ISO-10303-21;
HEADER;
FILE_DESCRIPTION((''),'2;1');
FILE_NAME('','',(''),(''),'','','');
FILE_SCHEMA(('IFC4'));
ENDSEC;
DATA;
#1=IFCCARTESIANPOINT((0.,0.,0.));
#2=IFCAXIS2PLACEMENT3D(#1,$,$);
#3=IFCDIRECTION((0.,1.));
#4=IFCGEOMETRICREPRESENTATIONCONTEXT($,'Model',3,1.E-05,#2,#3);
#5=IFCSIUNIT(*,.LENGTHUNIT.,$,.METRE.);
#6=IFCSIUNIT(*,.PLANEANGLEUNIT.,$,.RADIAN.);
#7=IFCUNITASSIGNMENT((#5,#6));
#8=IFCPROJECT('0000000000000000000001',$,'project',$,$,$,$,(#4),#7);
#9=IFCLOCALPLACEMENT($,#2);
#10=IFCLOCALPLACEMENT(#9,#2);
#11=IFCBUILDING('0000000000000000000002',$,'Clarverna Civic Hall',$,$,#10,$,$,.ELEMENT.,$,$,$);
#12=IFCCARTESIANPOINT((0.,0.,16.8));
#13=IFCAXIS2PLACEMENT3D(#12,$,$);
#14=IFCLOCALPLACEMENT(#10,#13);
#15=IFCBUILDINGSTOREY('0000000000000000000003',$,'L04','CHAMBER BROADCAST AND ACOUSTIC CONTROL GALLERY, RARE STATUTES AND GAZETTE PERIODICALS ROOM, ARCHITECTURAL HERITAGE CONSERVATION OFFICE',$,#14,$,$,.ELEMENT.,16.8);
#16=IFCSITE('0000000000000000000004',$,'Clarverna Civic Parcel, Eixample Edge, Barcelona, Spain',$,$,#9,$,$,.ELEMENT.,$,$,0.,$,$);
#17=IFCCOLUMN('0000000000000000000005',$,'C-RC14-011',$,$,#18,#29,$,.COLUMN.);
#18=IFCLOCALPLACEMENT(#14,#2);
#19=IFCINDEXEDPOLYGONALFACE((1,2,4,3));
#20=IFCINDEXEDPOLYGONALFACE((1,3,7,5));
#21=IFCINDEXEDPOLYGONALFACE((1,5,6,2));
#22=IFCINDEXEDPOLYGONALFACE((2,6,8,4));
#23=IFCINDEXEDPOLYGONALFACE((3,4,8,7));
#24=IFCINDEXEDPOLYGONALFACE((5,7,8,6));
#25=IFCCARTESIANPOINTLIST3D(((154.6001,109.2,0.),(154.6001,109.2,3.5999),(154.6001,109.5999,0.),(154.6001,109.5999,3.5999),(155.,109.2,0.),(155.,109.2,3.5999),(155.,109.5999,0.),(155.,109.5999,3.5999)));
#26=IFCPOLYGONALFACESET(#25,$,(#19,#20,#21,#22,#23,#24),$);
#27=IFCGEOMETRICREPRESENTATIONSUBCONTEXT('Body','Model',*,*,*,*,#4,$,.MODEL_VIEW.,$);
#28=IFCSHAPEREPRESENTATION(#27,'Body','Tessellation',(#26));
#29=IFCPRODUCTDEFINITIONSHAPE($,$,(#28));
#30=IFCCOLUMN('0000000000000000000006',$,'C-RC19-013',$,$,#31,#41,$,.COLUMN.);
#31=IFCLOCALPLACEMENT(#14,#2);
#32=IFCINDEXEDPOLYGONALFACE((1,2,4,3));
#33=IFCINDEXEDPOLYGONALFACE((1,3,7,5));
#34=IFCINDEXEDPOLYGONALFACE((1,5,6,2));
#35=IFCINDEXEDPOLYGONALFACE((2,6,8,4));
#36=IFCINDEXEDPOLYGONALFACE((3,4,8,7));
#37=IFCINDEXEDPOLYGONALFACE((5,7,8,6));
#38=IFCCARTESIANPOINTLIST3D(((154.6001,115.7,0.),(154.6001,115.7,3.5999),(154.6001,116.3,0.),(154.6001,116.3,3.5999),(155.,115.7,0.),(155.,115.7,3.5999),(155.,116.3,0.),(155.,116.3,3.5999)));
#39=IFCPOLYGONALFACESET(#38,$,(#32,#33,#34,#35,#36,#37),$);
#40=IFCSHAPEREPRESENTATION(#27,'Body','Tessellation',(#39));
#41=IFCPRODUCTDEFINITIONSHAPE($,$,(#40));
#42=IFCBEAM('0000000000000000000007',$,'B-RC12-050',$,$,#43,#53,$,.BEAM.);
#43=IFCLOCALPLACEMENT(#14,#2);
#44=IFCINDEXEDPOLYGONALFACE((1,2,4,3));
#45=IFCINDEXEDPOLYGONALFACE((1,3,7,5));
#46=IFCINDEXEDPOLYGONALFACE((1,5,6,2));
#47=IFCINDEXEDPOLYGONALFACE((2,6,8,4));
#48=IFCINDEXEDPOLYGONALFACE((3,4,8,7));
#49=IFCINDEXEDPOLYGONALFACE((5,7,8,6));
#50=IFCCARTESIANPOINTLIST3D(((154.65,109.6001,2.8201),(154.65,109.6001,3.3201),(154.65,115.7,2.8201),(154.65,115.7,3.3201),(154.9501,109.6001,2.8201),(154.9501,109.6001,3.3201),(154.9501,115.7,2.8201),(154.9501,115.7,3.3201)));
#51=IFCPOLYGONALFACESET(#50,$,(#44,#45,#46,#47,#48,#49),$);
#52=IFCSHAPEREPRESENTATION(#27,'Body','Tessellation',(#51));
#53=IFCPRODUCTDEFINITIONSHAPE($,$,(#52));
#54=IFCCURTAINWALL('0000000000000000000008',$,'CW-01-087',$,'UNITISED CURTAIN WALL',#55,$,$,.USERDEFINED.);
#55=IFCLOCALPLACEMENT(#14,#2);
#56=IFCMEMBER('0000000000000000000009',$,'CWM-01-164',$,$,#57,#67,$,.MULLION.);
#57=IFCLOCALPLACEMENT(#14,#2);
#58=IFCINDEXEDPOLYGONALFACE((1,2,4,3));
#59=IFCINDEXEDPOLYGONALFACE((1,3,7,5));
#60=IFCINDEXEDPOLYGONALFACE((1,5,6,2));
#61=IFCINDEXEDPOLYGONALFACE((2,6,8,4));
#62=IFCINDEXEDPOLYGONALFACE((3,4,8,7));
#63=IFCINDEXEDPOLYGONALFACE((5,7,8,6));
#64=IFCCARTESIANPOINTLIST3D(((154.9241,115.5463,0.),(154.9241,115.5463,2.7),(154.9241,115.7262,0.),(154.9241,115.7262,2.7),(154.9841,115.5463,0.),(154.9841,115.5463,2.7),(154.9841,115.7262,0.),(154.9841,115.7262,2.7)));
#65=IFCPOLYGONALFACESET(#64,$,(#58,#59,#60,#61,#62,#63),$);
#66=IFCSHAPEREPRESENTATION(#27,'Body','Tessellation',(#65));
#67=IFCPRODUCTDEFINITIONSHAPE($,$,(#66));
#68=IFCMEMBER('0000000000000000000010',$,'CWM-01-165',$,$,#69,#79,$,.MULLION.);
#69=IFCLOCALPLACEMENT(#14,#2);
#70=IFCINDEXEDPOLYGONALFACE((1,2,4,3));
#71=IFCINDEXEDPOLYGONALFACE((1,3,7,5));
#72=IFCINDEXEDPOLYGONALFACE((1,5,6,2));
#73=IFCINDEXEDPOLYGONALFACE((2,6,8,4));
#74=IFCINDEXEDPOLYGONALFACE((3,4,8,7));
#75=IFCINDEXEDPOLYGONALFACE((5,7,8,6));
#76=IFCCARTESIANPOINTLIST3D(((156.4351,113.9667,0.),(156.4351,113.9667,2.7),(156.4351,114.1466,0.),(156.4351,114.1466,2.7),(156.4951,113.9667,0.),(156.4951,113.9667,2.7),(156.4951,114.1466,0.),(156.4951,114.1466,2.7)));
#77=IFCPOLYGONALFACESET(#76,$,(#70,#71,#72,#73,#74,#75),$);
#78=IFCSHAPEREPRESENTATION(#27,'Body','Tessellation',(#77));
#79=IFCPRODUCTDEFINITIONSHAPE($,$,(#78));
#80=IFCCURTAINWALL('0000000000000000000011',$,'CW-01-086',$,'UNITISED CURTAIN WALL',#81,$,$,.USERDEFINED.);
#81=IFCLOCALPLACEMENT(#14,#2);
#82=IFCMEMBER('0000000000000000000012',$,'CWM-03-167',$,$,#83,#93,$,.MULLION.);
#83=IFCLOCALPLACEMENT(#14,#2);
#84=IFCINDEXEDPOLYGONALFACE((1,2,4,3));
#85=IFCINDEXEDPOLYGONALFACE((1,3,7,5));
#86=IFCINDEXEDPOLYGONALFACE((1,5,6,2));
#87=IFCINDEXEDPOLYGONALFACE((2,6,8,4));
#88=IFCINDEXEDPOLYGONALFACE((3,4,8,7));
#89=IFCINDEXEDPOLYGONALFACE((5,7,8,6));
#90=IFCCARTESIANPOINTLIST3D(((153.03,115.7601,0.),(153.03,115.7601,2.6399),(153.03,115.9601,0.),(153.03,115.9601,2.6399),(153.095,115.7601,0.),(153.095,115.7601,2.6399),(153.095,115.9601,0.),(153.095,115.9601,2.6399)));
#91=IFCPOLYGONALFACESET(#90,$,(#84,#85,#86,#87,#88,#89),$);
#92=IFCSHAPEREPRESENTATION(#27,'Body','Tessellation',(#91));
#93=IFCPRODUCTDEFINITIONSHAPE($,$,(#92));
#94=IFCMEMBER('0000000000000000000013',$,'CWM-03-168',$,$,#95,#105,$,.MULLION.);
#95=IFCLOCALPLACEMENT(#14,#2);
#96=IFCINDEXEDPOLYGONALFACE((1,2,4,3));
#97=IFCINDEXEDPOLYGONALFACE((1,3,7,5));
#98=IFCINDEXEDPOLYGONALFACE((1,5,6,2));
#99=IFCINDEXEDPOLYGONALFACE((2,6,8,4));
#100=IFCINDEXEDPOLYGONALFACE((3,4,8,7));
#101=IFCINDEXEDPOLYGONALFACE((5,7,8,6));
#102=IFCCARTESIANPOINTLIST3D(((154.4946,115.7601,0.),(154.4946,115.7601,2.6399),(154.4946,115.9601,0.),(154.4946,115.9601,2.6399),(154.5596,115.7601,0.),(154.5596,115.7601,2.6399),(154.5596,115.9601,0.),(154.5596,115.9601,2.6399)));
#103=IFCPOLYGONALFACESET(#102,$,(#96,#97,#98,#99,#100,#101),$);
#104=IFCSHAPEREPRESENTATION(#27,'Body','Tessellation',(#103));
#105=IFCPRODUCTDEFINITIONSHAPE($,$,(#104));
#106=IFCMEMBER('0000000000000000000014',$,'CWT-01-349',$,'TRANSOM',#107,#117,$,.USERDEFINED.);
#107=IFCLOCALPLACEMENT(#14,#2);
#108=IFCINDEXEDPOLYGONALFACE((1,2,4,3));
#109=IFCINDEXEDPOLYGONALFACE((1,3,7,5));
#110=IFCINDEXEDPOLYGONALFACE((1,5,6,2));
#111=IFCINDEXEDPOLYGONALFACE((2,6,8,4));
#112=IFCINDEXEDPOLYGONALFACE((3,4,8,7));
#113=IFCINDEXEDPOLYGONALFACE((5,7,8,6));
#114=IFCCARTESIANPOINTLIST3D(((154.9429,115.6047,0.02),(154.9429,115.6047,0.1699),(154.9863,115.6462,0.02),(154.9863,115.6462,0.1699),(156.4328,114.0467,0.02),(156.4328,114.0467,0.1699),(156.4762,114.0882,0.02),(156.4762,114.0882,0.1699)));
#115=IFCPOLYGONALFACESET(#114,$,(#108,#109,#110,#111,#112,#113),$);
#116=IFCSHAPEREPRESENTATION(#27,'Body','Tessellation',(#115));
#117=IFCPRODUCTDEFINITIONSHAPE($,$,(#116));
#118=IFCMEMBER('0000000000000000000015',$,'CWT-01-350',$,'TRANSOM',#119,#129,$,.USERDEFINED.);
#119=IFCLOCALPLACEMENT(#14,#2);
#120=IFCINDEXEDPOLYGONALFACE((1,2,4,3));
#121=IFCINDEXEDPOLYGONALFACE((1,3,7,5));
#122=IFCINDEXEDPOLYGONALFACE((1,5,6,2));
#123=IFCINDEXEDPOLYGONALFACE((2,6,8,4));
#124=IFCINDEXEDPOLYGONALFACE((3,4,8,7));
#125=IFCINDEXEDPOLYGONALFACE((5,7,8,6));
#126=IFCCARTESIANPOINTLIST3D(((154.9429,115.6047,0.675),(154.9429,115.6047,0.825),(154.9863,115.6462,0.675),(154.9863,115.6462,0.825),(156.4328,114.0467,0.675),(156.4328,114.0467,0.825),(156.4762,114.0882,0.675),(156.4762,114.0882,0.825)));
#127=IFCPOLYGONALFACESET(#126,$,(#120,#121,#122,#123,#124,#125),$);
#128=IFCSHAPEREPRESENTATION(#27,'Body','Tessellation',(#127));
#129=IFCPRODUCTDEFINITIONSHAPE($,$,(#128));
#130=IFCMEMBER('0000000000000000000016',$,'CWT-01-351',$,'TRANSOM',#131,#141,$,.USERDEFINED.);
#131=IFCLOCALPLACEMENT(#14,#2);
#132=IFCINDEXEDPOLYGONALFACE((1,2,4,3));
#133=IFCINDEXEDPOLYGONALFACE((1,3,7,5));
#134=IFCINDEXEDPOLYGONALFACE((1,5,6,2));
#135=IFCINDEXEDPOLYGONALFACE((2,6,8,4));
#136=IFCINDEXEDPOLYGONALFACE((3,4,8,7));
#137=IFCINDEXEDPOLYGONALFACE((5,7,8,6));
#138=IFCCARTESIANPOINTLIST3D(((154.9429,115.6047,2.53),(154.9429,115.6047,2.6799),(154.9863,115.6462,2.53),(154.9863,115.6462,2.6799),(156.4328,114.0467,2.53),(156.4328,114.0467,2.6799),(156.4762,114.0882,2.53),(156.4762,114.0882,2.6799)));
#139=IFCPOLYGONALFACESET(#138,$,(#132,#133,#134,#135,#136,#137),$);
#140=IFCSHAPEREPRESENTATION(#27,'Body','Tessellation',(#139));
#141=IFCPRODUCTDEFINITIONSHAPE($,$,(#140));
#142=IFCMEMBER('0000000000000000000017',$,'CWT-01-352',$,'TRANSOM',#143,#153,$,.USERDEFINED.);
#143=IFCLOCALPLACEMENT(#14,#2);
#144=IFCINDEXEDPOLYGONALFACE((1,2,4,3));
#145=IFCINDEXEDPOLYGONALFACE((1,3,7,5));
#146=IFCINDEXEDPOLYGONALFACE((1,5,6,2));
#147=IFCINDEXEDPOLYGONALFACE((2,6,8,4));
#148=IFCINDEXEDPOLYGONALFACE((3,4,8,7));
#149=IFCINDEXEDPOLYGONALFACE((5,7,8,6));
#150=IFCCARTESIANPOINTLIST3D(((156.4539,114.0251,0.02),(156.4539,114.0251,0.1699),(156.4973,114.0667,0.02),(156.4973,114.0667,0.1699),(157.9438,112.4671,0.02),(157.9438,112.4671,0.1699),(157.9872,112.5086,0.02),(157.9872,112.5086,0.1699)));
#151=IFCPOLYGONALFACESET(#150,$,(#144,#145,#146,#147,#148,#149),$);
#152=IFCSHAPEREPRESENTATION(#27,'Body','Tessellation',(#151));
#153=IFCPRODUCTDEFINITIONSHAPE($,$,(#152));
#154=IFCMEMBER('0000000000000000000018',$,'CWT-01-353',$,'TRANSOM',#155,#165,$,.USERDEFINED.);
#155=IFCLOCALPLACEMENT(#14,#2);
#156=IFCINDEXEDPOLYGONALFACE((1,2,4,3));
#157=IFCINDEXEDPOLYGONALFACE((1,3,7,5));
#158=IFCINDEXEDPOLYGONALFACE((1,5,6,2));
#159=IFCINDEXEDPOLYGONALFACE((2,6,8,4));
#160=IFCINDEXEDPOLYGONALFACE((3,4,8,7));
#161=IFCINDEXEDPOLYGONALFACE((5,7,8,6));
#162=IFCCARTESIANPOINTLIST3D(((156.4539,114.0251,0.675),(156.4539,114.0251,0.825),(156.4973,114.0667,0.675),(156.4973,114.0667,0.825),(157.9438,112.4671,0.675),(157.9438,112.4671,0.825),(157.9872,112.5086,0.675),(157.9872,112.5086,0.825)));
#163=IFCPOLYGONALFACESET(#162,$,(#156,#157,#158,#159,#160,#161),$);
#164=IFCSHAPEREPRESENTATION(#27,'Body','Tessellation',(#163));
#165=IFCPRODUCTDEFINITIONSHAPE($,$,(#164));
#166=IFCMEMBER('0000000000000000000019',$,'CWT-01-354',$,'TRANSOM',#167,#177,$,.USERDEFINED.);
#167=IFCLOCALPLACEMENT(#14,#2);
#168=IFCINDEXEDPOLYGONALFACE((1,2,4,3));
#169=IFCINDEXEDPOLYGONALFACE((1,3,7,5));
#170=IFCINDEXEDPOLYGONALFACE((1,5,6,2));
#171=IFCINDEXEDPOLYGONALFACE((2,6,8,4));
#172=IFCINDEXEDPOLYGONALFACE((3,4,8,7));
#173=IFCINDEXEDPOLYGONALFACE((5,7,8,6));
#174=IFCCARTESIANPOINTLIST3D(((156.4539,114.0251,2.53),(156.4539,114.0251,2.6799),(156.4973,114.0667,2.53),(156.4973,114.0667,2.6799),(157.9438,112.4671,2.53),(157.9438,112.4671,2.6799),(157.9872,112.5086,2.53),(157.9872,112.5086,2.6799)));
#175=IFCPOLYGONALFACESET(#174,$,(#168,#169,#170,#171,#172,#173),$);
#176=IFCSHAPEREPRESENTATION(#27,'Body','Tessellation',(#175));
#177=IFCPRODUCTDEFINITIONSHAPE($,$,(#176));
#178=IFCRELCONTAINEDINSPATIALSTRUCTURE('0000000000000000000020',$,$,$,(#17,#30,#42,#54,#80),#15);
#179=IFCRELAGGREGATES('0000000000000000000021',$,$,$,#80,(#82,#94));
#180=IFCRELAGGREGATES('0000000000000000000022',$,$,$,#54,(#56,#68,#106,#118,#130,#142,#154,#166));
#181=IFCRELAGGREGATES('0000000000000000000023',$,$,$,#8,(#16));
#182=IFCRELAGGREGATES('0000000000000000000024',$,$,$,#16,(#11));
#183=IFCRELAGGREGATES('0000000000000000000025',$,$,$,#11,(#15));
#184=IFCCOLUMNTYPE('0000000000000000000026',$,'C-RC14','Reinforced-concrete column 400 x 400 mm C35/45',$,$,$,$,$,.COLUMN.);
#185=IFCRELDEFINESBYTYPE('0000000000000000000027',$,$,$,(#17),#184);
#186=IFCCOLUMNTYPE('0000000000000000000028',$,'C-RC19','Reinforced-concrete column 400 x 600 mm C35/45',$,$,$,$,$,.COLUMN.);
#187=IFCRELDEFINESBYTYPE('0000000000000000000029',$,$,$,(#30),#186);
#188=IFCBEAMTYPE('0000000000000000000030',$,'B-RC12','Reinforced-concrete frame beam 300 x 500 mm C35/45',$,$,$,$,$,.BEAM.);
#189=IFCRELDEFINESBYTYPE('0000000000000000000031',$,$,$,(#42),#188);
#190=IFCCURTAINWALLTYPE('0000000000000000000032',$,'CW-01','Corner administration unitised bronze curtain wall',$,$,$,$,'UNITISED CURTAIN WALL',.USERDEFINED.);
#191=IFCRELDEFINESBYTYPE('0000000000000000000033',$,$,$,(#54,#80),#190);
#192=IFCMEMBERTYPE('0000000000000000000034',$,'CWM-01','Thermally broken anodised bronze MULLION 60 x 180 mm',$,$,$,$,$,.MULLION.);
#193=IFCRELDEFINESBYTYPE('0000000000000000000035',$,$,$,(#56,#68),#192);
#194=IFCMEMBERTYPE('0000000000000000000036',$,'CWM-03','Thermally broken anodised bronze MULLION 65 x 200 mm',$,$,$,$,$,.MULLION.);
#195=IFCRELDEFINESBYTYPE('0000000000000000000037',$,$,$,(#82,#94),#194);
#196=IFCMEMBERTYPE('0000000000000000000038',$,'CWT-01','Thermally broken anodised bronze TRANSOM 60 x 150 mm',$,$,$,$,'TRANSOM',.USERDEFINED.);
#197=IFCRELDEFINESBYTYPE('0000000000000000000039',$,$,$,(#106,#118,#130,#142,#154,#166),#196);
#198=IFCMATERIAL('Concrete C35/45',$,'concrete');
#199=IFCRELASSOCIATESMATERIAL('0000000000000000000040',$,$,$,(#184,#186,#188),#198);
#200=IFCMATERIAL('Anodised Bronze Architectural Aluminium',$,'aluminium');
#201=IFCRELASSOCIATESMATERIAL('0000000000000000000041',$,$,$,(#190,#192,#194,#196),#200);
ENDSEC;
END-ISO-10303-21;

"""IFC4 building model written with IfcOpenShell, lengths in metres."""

from ifc_helpers import new_model, si_unit, direction, frame, origin, origin_2d, place, context, subcontext, project, spatial, rectangle, extrude, material, material_profile, profile_set, type_object, element, aggregate, save


model = new_model("IFC4")

# Units and contexts
model_context = context("Model", 3, precision=1e-05, world=origin(), true_north=direction((0.0, 1.0)))
body_context = subcontext(model_context, "Body", "Model", "MODEL_VIEW")
ifc_project = project(units=[si_unit("LENGTHUNIT", "METRE"), si_unit("PLANEANGLEUNIT", "RADIAN")], contexts=[model_context])

# Site, building, storey
site_placement = place(None, origin())
site = spatial("IfcSite", under=ifc_project, at=site_placement, Name="Clarverna Civic Parcel, Eixample Edge, Barcelona, Spain", CompositionType="ELEMENT", RefElevation=0.0)
building_placement = place(site_placement, origin())
building = spatial("IfcBuilding", under=site, at=building_placement, Name="Clarverna Civic Hall", CompositionType="ELEMENT")
storey_placement = place(building_placement, frame((0.0, 0.0, 16.8)))
storey = spatial("IfcBuildingStorey", under=building, at=storey_placement, Name="L04", Description="CHAMBER BROADCAST AND ACOUSTIC CONTROL GALLERY, RARE STATUTES AND GAZETTE PERIODICALS ROOM, ARCHITECTURAL HERITAGE CONSERVATION OFFICE", CompositionType="ELEMENT", Elevation=16.8)

# Columns
ifc_material_1 = material(Name="Concrete C35/45", Category="concrete")
ifc_material_profile_1 = material_profile(ifc_material_1, rectangle(XDim=0.3999, YDim=0.3999, at=origin_2d()), Name="RC 400x400")
ifc_profile_set_1 = profile_set([ifc_material_profile_1], Name="Concrete C35/45")
column_type_1 = type_object("IfcColumnType", Name="C-RC14", Description="Reinforced-concrete column 400 x 400 mm C35/45", PredefinedType="COLUMN", material=ifc_profile_set_1)
column_1_placement = place(storey_placement, frame((154.8, 109.3999, 0.0), z_axis=(0.0, 0.0, 1.0), x_axis=(1.0, 0.0, 0.0)))
element("IfcColumn", 1, at=column_1_placement, inside=storey, type_object=column_type_1, Name="C-RC14-011", PredefinedType="COLUMN", context=body_context, shape_type="SweptSolid", body=[
    extrude(rectangle(XDim=0.3999, YDim=0.3999, at=origin_2d()), origin(), (0.0, 0.0, 1.0), 3.5999),
])
ifc_material_profile_2 = material_profile(ifc_material_1, rectangle(XDim=0.3999, YDim=0.6001, at=origin_2d()), Name="RC 400x600")
ifc_profile_set_2 = profile_set([ifc_material_profile_2], Name="Concrete C35/45")
column_type_2 = type_object("IfcColumnType", Name="C-RC19", Description="Reinforced-concrete column 400 x 600 mm C35/45", PredefinedType="COLUMN", material=ifc_profile_set_2)
column_2_placement = place(storey_placement, frame((154.8, 116.0, 0.0), z_axis=(0.0, 0.0, 1.0), x_axis=(1.0, 0.0, 0.0)))
element("IfcColumn", 2, at=column_2_placement, inside=storey, type_object=column_type_2, Name="C-RC19-013", PredefinedType="COLUMN", context=body_context, shape_type="SweptSolid", body=[
    extrude(rectangle(XDim=0.3999, YDim=0.6001, at=origin_2d()), origin(), (0.0, 0.0, 1.0), 3.5999),
])

# Beam
ifc_material_profile_3 = material_profile(ifc_material_1, rectangle(XDim=0.3, YDim=0.5, at=origin_2d()), Name="RC 300x500")
ifc_profile_set_3 = profile_set([ifc_material_profile_3], Name="Concrete C35/45")
beam_type = type_object("IfcBeamType", Name="B-RC12", Description="Reinforced-concrete frame beam 300 x 500 mm C35/45", PredefinedType="BEAM", material=ifc_profile_set_3)
beam_placement = place(storey_placement, frame((154.8, 109.6001, 3.0701), z_axis=(0.0, 1.0, 0.0), x_axis=(-1.0, 0.0, 0.0)))
element("IfcBeam", 3, at=beam_placement, inside=storey, type_object=beam_type, Name="B-RC12-050", PredefinedType="BEAM", context=body_context, shape_type="SweptSolid", body=[
    extrude(rectangle(XDim=0.3, YDim=0.5, at=origin_2d()), origin(), (0.0, 0.0, 1.0), 6.0999),
])

# Curtain walls, members
ifc_material_2 = material(Name="Anodised Bronze Architectural Aluminium", Category="aluminium")
curtain_wall_type = type_object("IfcCurtainWallType", Name="CW-01", Description="Corner administration unitised bronze curtain wall", ElementType="UNITISED CURTAIN WALL", PredefinedType="USERDEFINED", material=ifc_material_2)
curtain_wall_1_placement = place(storey_placement, origin())
curtain_wall_1 = element("IfcCurtainWall", 4, at=curtain_wall_1_placement, inside=storey, type_object=curtain_wall_type, Name="CW-01-087", ObjectType="UNITISED CURTAIN WALL", PredefinedType="USERDEFINED")
ifc_material_profile_4 = material_profile(ifc_material_2, rectangle(XDim=0.0601, YDim=0.1799, at=origin_2d()), Name="BRONZE 60x180")
ifc_profile_set_4 = profile_set([ifc_material_profile_4], Name="Anodised Bronze Architectural Aluminium")
member_type_1 = type_object("IfcMemberType", Name="CWM-01", Description="Thermally broken anodised bronze MULLION 60 x 180 mm", PredefinedType="MULLION", material=ifc_profile_set_4)
member_1_placement = place(storey_placement, frame((154.9541, 115.6362, 0.0), z_axis=(0.0, 0.0, 1.0), x_axis=(1.0, 0.0, 0.0)))
member_1 = element("IfcMember", 5, at=member_1_placement, type_object=member_type_1, Name="CWM-01-164", PredefinedType="MULLION", context=body_context, shape_type="SweptSolid", body=[
    extrude(rectangle(XDim=0.0601, YDim=0.1799, at=origin_2d()), origin(), (0.0, 0.0, 1.0), 2.7),
])
member_2_placement = place(storey_placement, frame((156.4651, 114.0566, 0.0), z_axis=(0.0, 0.0, 1.0), x_axis=(1.0, 0.0, 0.0)))
member_2 = element("IfcMember", 6, at=member_2_placement, type_object=member_type_1, Name="CWM-01-165", PredefinedType="MULLION", context=body_context, shape_type="SweptSolid", body=[
    extrude(rectangle(XDim=0.0601, YDim=0.1799, at=origin_2d()), origin(), (0.0, 0.0, 1.0), 2.7),
])
curtain_wall_2_placement = place(storey_placement, origin())
curtain_wall_2 = element("IfcCurtainWall", 7, at=curtain_wall_2_placement, inside=storey, type_object=curtain_wall_type, Name="CW-01-086", ObjectType="UNITISED CURTAIN WALL", PredefinedType="USERDEFINED")
ifc_material_profile_5 = material_profile(ifc_material_2, rectangle(XDim=0.0649, YDim=0.2, at=origin_2d()), Name="BRONZE 65x200")
ifc_profile_set_5 = profile_set([ifc_material_profile_5], Name="Anodised Bronze Architectural Aluminium")
member_type_2 = type_object("IfcMemberType", Name="CWM-03", Description="Thermally broken anodised bronze MULLION 65 x 200 mm", PredefinedType="MULLION", material=ifc_profile_set_5)
member_3_placement = place(storey_placement, frame((153.0625, 115.8601, 0.0), z_axis=(0.0, 0.0, 1.0), x_axis=(1.0, 0.0, 0.0)))
member_3 = element("IfcMember", 8, at=member_3_placement, type_object=member_type_2, Name="CWM-03-167", PredefinedType="MULLION", context=body_context, shape_type="SweptSolid", body=[
    extrude(rectangle(XDim=0.0649, YDim=0.2, at=origin_2d()), origin(), (0.0, 0.0, 1.0), 2.6399),
])
member_4_placement = place(storey_placement, frame((154.5271, 115.8601, 0.0), z_axis=(0.0, 0.0, 1.0), x_axis=(1.0, 0.0, 0.0)))
member_4 = element("IfcMember", 9, at=member_4_placement, type_object=member_type_2, Name="CWM-03-168", PredefinedType="MULLION", context=body_context, shape_type="SweptSolid", body=[
    extrude(rectangle(XDim=0.0649, YDim=0.2, at=origin_2d()), origin(), (0.0, 0.0, 1.0), 2.6399),
])

# Members
ifc_material_profile_6 = material_profile(ifc_material_2, rectangle(XDim=0.0601, YDim=0.1499, at=origin_2d()), Name="BRONZE 60x150")
ifc_profile_set_6 = profile_set([ifc_material_profile_6], Name="Anodised Bronze Architectural Aluminium")
member_type_3 = type_object("IfcMemberType", Name="CWT-01", Description="Thermally broken anodised bronze TRANSOM 60 x 150 mm", ElementType="TRANSOM", PredefinedType="USERDEFINED", material=ifc_profile_set_6)
member_5_placement = place(storey_placement, frame((154.9646, 115.6255, 0.095), z_axis=(0.691133, -0.722728, 0.0), x_axis=(0.722728, 0.691133, 0.0)))
member_5 = element("IfcMember", 10, at=member_5_placement, type_object=member_type_3, Name="CWT-01-349", ObjectType="TRANSOM", PredefinedType="USERDEFINED", context=body_context, shape_type="SweptSolid", body=[
    extrude(rectangle(XDim=0.0601, YDim=0.1499, at=origin_2d()), origin(), (0.0, 0.0, 1.0), 2.1558),
])
member_6_placement = place(storey_placement, frame((154.9646, 115.6255, 0.75), z_axis=(0.691133, -0.722728, 0.0), x_axis=(0.722728, 0.691133, 0.0)))
member_6 = element("IfcMember", 11, at=member_6_placement, type_object=member_type_3, Name="CWT-01-350", ObjectType="TRANSOM", PredefinedType="USERDEFINED", context=body_context, shape_type="SweptSolid", body=[
    extrude(rectangle(XDim=0.0601, YDim=0.1499, at=origin_2d()), origin(), (0.0, 0.0, 1.0), 2.1558),
])
member_7_placement = place(storey_placement, frame((154.9646, 115.6255, 2.605), z_axis=(0.691133, -0.722728, 0.0), x_axis=(0.722728, 0.691133, 0.0)))
member_7 = element("IfcMember", 12, at=member_7_placement, type_object=member_type_3, Name="CWT-01-351", ObjectType="TRANSOM", PredefinedType="USERDEFINED", context=body_context, shape_type="SweptSolid", body=[
    extrude(rectangle(XDim=0.0601, YDim=0.1499, at=origin_2d()), origin(), (0.0, 0.0, 1.0), 2.1558),
])
member_8_placement = place(storey_placement, frame((156.4756, 114.0459, 0.095), z_axis=(0.691133, -0.722728, 0.0), x_axis=(0.722728, 0.691133, 0.0)))
member_8 = element("IfcMember", 13, at=member_8_placement, type_object=member_type_3, Name="CWT-01-352", ObjectType="TRANSOM", PredefinedType="USERDEFINED", context=body_context, shape_type="SweptSolid", body=[
    extrude(rectangle(XDim=0.0601, YDim=0.1499, at=origin_2d()), origin(), (0.0, 0.0, 1.0), 2.1558),
])
member_9_placement = place(storey_placement, frame((156.4756, 114.0459, 0.75), z_axis=(0.691133, -0.722728, 0.0), x_axis=(0.722728, 0.691133, 0.0)))
member_9 = element("IfcMember", 14, at=member_9_placement, type_object=member_type_3, Name="CWT-01-353", ObjectType="TRANSOM", PredefinedType="USERDEFINED", context=body_context, shape_type="SweptSolid", body=[
    extrude(rectangle(XDim=0.0601, YDim=0.1499, at=origin_2d()), origin(), (0.0, 0.0, 1.0), 2.1558),
])
member_10_placement = place(storey_placement, frame((156.4756, 114.0459, 2.605), z_axis=(0.691133, -0.722728, 0.0), x_axis=(0.722728, 0.691133, 0.0)))
member_10 = element("IfcMember", 15, at=member_10_placement, type_object=member_type_3, Name="CWT-01-354", ObjectType="TRANSOM", PredefinedType="USERDEFINED", context=body_context, shape_type="SweptSolid", body=[
    extrude(rectangle(XDim=0.0601, YDim=0.1499, at=origin_2d()), origin(), (0.0, 0.0, 1.0), 2.1558),
])

aggregate(curtain_wall_2, [member_3, member_4])
aggregate(curtain_wall_1, [member_1, member_2, member_5, member_6, member_7, member_8, member_9, member_10])

save(model, "model.ifc")
